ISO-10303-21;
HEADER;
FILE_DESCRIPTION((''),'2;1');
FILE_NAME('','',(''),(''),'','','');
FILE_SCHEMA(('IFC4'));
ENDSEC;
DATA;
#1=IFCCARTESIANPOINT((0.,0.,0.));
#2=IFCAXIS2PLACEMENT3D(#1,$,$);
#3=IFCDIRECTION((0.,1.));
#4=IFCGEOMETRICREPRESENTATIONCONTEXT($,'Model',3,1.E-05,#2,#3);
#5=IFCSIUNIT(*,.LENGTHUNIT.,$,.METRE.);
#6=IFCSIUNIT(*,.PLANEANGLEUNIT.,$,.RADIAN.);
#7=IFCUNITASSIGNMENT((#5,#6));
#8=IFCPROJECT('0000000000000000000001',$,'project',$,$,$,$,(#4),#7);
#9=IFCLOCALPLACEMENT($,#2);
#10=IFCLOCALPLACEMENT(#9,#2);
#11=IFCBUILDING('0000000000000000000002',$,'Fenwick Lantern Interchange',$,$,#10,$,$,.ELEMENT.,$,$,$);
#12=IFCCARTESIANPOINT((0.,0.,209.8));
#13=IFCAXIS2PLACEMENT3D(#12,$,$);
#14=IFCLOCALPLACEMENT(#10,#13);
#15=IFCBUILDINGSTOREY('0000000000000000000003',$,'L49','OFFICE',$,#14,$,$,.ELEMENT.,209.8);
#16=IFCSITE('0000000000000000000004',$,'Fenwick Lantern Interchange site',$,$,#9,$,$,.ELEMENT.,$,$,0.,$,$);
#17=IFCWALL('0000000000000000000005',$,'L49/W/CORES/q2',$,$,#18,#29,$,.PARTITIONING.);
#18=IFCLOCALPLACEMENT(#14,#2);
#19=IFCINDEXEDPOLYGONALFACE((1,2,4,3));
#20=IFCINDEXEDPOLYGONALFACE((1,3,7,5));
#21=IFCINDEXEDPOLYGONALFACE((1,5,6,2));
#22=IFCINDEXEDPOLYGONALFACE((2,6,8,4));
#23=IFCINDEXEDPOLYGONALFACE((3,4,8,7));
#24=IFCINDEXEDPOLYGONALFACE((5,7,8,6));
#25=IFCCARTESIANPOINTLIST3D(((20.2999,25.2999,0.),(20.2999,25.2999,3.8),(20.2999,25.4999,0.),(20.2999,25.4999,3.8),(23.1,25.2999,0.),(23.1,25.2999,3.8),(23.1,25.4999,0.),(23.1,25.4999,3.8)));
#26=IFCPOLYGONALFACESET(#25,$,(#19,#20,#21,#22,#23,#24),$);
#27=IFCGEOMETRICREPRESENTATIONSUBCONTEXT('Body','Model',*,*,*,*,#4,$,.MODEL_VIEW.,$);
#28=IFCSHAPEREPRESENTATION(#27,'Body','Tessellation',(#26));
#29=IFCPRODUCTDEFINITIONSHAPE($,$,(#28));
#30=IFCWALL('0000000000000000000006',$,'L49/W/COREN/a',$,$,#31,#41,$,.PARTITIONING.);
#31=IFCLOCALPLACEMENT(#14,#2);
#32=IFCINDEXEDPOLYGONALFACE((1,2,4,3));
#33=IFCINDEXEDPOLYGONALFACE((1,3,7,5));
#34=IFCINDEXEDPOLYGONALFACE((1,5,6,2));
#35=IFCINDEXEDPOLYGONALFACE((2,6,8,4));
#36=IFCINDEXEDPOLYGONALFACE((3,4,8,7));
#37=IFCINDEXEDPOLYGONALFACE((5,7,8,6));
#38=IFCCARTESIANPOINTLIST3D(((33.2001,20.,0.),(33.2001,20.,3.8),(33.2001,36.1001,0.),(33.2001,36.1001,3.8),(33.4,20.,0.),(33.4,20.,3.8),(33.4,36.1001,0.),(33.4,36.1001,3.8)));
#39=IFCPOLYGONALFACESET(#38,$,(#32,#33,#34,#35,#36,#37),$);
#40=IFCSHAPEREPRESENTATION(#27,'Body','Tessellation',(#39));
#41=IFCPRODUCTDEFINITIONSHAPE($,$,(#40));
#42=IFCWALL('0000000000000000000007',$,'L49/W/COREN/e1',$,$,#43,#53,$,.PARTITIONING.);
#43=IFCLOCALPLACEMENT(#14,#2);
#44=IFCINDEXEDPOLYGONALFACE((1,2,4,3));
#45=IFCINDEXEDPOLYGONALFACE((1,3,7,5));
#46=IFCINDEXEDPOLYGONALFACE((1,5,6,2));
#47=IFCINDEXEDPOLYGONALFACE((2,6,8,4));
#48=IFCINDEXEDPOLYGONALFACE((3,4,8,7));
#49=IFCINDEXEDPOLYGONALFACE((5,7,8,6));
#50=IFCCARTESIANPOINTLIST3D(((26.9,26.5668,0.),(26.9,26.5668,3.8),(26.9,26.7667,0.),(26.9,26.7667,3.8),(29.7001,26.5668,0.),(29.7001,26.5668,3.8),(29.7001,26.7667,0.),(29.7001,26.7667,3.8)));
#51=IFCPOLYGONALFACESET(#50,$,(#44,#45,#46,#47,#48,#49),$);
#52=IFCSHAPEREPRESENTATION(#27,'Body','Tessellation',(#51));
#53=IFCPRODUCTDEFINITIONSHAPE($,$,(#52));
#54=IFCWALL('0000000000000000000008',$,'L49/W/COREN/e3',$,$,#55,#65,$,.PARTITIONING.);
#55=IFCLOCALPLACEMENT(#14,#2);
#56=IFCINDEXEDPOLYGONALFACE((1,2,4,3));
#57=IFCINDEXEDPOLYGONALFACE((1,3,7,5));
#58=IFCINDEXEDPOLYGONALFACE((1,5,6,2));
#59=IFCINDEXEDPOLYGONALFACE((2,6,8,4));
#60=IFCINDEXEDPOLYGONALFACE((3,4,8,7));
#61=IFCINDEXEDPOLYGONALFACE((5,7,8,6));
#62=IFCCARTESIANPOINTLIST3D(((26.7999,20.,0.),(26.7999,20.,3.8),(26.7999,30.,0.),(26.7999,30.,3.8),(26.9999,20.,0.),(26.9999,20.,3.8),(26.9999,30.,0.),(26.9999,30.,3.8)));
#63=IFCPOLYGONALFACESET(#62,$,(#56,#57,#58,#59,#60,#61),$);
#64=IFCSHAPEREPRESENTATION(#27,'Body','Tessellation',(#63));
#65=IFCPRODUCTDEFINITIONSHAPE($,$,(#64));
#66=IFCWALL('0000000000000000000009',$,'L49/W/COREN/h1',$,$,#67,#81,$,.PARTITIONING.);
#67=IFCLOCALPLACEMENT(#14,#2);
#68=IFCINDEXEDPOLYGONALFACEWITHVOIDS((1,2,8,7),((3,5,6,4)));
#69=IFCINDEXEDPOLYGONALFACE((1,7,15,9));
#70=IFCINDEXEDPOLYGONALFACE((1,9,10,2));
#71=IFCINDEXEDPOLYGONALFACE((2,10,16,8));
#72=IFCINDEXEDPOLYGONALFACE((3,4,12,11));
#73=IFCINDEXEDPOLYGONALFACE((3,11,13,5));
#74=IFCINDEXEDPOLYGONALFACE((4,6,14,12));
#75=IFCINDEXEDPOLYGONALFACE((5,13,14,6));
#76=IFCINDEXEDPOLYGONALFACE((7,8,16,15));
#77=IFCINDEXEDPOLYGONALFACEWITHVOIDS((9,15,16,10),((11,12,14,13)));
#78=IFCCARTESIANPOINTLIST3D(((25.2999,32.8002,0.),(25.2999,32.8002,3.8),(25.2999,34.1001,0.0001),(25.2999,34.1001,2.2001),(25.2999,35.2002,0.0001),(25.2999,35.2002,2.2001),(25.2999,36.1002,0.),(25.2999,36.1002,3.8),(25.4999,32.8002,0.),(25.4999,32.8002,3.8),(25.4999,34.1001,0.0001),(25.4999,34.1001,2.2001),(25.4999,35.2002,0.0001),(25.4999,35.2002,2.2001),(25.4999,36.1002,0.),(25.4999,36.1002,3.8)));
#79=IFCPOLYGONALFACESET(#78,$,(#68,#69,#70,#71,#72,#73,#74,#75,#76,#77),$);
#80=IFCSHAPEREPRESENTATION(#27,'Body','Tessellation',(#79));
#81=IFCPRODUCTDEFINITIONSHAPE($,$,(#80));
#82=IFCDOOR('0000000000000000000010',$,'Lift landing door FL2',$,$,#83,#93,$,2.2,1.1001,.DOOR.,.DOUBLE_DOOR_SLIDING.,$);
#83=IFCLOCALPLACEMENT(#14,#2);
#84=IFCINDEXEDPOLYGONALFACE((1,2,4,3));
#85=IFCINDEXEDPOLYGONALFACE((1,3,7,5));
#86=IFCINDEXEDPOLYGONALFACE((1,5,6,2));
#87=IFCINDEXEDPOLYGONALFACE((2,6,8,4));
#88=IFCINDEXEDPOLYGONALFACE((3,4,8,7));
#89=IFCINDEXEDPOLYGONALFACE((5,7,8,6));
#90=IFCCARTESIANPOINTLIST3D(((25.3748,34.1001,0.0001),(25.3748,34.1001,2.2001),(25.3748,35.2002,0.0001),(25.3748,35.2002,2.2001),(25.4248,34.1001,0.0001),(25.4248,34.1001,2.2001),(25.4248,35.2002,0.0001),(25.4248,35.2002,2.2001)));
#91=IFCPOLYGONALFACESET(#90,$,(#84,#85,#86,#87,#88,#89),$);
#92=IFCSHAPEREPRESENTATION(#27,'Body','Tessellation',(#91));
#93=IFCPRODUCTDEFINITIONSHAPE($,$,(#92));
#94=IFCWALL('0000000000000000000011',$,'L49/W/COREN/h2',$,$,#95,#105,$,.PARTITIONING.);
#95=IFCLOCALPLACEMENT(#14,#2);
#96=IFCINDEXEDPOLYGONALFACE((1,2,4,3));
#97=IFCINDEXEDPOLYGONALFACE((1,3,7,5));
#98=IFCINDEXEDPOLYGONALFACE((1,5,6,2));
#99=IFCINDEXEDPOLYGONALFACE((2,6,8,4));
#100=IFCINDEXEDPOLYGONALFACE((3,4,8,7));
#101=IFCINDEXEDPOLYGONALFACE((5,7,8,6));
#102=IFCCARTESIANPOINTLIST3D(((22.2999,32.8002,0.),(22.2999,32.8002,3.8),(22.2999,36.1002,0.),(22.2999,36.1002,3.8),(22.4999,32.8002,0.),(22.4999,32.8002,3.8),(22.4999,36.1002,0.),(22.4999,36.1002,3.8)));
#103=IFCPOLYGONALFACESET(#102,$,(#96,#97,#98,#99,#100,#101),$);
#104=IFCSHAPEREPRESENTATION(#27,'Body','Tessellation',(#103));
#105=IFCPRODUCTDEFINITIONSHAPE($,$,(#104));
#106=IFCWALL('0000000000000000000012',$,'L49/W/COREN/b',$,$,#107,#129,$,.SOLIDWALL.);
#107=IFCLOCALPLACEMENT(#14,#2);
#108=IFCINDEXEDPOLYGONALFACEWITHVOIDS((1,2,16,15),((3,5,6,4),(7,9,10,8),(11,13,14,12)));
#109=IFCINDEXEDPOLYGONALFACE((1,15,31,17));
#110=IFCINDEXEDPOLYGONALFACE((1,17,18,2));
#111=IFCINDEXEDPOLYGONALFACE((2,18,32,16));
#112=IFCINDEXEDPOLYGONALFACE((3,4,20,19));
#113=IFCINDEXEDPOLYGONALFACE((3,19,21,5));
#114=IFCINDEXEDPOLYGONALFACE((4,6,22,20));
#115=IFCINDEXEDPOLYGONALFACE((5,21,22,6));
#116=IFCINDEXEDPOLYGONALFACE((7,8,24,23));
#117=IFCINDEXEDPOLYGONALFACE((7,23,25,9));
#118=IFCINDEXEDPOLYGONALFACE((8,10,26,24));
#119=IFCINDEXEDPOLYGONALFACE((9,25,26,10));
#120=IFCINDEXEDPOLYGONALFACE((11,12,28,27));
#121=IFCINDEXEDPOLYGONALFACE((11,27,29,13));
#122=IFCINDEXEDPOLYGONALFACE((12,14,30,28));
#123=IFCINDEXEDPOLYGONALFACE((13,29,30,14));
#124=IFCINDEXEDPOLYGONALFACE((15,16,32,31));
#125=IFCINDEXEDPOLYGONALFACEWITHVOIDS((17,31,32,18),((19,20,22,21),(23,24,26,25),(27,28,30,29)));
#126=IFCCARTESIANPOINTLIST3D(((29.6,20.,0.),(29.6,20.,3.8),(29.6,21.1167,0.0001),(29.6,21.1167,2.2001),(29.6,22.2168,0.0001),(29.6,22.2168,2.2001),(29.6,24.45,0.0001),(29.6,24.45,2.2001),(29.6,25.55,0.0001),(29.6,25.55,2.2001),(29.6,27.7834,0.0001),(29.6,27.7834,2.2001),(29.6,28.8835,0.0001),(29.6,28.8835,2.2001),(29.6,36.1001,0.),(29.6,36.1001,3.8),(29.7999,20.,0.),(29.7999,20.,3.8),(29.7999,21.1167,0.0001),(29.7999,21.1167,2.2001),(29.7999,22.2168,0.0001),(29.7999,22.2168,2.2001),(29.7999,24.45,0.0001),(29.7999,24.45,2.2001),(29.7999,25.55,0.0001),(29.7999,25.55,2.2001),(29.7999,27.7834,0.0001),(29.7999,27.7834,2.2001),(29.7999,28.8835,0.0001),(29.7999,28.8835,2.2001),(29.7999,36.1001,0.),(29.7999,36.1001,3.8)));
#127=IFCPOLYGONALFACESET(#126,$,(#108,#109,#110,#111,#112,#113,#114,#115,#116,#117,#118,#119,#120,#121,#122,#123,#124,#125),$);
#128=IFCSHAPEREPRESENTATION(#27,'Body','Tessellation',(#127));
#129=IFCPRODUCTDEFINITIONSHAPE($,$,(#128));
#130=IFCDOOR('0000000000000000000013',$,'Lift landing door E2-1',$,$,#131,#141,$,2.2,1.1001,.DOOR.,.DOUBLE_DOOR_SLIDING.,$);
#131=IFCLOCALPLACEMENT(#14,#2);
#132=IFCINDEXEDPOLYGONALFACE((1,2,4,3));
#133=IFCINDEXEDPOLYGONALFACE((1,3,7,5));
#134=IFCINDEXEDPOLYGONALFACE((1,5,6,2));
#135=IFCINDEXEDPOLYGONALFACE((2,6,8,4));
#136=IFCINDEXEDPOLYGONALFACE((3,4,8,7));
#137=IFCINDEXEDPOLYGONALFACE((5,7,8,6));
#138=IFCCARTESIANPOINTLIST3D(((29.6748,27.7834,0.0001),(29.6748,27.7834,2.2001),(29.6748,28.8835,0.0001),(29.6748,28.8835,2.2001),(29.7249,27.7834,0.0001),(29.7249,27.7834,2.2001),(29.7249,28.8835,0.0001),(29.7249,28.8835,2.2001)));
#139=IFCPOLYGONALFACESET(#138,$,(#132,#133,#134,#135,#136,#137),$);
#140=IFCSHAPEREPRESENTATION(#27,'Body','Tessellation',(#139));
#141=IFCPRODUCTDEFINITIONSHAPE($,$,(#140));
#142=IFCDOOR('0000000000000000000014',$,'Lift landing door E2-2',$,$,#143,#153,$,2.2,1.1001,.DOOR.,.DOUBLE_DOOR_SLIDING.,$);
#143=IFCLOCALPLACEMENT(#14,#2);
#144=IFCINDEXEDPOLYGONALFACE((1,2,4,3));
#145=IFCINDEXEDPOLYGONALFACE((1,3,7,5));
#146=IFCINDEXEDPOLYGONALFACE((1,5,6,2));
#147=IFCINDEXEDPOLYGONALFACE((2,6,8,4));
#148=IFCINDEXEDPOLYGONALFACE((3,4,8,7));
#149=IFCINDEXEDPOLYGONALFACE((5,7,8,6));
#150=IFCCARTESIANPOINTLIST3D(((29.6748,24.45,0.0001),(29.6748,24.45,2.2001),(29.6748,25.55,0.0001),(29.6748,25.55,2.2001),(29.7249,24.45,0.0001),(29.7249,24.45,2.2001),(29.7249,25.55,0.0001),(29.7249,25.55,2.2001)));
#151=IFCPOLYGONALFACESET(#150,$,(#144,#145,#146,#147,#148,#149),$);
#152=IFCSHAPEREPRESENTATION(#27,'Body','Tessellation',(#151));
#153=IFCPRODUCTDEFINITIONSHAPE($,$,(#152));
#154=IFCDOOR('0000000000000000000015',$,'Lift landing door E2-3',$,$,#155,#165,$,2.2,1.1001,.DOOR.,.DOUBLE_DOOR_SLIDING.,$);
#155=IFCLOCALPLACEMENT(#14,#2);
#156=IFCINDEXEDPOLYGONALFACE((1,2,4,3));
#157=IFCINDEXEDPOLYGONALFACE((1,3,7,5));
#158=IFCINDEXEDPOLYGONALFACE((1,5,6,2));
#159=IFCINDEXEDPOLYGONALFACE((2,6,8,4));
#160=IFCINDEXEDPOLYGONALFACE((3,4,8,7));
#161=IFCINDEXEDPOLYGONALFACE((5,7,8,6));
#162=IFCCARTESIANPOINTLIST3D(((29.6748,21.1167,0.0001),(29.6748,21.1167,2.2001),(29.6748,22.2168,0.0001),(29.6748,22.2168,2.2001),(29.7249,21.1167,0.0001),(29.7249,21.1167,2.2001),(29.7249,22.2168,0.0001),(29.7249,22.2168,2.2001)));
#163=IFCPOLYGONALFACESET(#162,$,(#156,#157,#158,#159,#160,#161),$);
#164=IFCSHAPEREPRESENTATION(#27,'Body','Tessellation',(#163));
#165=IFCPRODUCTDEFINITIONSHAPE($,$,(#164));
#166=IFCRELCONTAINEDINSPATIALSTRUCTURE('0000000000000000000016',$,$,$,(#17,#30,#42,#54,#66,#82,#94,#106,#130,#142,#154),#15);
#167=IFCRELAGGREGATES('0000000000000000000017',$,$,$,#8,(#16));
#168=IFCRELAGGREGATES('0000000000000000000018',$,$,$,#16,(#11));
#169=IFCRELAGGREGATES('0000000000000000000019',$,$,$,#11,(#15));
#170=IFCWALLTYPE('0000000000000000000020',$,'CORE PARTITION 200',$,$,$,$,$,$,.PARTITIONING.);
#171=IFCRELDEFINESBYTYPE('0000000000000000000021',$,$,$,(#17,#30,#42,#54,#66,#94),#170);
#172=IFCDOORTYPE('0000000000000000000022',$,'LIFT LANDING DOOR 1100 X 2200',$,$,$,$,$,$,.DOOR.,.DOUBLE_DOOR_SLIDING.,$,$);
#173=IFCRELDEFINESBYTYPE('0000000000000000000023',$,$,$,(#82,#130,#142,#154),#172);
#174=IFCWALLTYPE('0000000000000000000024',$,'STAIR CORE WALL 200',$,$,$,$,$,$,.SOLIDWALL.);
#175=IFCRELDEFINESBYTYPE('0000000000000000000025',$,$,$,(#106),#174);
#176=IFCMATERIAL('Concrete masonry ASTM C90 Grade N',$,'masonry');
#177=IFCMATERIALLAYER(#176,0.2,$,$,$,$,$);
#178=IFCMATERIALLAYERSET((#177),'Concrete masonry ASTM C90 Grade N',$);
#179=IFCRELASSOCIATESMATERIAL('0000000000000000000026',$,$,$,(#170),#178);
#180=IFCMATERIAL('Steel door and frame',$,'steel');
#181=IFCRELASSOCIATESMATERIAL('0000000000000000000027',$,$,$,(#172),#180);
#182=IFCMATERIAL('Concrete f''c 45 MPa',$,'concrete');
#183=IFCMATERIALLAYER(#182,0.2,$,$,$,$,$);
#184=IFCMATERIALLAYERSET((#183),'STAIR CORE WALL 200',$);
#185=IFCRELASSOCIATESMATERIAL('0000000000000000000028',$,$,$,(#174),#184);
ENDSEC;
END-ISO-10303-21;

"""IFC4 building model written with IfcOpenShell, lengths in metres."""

from ifc_helpers import new_model, si_unit, direction, frame, frame_2d, origin, place, context, subcontext, project, spatial, rectangle, extrude, material, layer, layer_set, type_object, element, fill, save


model = new_model("IFC4")

# Units and contexts
model_context = context("Model", 3, precision=1e-05, world=origin(), true_north=direction((0.0, 1.0)))
body_context = subcontext(model_context, "Body", "Model", "MODEL_VIEW")
ifc_project = project(units=[si_unit("LENGTHUNIT", "METRE"), si_unit("PLANEANGLEUNIT", "RADIAN")], contexts=[model_context])

# Site, building, storey
site_placement = place(None, origin())
site = spatial("IfcSite", under=ifc_project, at=site_placement, Name="Fenwick Lantern Interchange site", CompositionType="ELEMENT", RefElevation=0.0)
building_placement = place(site_placement, origin())
building = spatial("IfcBuilding", under=site, at=building_placement, Name="Fenwick Lantern Interchange", CompositionType="ELEMENT")
storey_placement = place(building_placement, frame((0.0, 0.0, 209.8)))
storey = spatial("IfcBuildingStorey", under=building, at=storey_placement, Name="L49", Description="OFFICE", CompositionType="ELEMENT", Elevation=209.8)

# Walls
ifc_material_1 = material(Name="Concrete masonry ASTM C90 Grade N", Category="masonry")
ifc_layer_1 = layer(ifc_material_1, 0.2)
ifc_layer_set_1 = layer_set([ifc_layer_1], Name="Concrete masonry ASTM C90 Grade N")
wall_type_1 = type_object("IfcWallType", Name="CORE PARTITION 200", PredefinedType="PARTITIONING", material=ifc_layer_set_1)
wall_1_placement = place(storey_placement, frame((20.3, 25.3999, 0.0), z_axis=(0.0, 0.0, 1.0), x_axis=(1.0, 0.0, 0.0)))
element("IfcWall", 1, at=wall_1_placement, inside=storey, type_object=wall_type_1, Name="L49/W/CORES/q2", PredefinedType="PARTITIONING", context=body_context, shape_type="SweptSolid", body=[
    extrude(rectangle(XDim=2.8, YDim=0.2, at=frame_2d((1.3999, 0.0))), origin(), (0.0, 0.0, 1.0), 3.8),
])
wall_2_placement = place(storey_placement, frame((33.3, 36.1001, 0.0), z_axis=(0.0, 0.0, 1.0), x_axis=(0.0, -1.0, 0.0)))
element("IfcWall", 2, at=wall_2_placement, inside=storey, type_object=wall_type_1, Name="L49/W/COREN/a", PredefinedType="PARTITIONING", context=body_context, shape_type="SweptSolid", body=[
    extrude(rectangle(XDim=16.1001, YDim=0.2, at=frame_2d((8.05, 0.0))), origin(), (0.0, 0.0, 1.0), 3.8),
])
wall_3_placement = place(storey_placement, frame((29.7, 26.6667, 0.0), z_axis=(0.0, 0.0, 1.0), x_axis=(-1.0, 0.0, 0.0)))
element("IfcWall", 3, at=wall_3_placement, inside=storey, type_object=wall_type_1, Name="L49/W/COREN/e1", PredefinedType="PARTITIONING", context=body_context, shape_type="SweptSolid", body=[
    extrude(rectangle(XDim=2.8, YDim=0.2, at=frame_2d((1.3999, 0.0))), origin(), (0.0, 0.0, 1.0), 3.8),
])
wall_4_placement = place(storey_placement, frame((26.8999, 30.0, 0.0), z_axis=(0.0, 0.0, 1.0), x_axis=(0.0, -1.0, 0.0)))
element("IfcWall", 4, at=wall_4_placement, inside=storey, type_object=wall_type_1, Name="L49/W/COREN/e3", PredefinedType="PARTITIONING", context=body_context, shape_type="SweptSolid", body=[
    extrude(rectangle(XDim=10.0, YDim=0.2, at=frame_2d((5.0, 0.0))), origin(), (0.0, 0.0, 1.0), 3.8),
])

# Wall, opening, door
wall_5_placement = place(storey_placement, frame((25.3999, 36.1001, 0.0), z_axis=(0.0, 0.0, 1.0), x_axis=(0.0, -1.0, 0.0)))
wall_5 = element("IfcWall", 5, at=wall_5_placement, inside=storey, type_object=wall_type_1, Name="L49/W/COREN/h1", PredefinedType="PARTITIONING", context=body_context, shape_type="SweptSolid", body=[
    extrude(rectangle(XDim=3.3, YDim=0.2, at=frame_2d((1.6499, 0.0))), origin(), (0.0, 0.0, 1.0), 3.8),
])
opening_1_placement = place(wall_5_placement, frame((0.8999, 0.0, 0.0)))
opening_1 = element("IfcOpeningElement", 6, at=opening_1_placement, cuts=wall_5, PredefinedType="OPENING", context=body_context, shape_type="SweptSolid", body=[
    extrude(rectangle(XDim=1.1001, YDim=2.2, at=frame_2d((0.55, 1.1001))), frame((0.0, 0.1099, 0.0), z_axis=(0.0, -1.0, 0.0), x_axis=(1.0, 0.0, 0.0)), (0.0, 0.0, 1.0), 0.22),
])
ifc_material_2 = material(Name="Steel door and frame", Category="steel")
door_type_1 = type_object("IfcDoorType", Name="LIFT LANDING DOOR 1100 X 2200", OperationType="DOUBLE_DOOR_SLIDING", PredefinedType="DOOR", material=ifc_material_2)
door_1_placement = place(opening_1_placement, origin())
door_1 = element("IfcDoor", 7, at=door_1_placement, inside=storey, type_object=door_type_1, Name="Lift landing door FL2", OperationType="DOUBLE_DOOR_SLIDING", OverallHeight=2.2, OverallWidth=1.1001, PredefinedType="DOOR", context=body_context, shape_type="SweptSolid", body=[
    extrude(rectangle(XDim=1.1001, YDim=2.2, at=frame_2d((0.55, 1.1001))), frame((0.0, 0.0249, 0.0), z_axis=(0.0, -1.0, 0.0), x_axis=(1.0, 0.0, 0.0)), (0.0, 0.0, 1.0), 0.05),
])
fill(opening_1, door_1)

# Wall
wall_6_placement = place(storey_placement, frame((22.3999, 36.1001, 0.0), z_axis=(0.0, 0.0, 1.0), x_axis=(0.0, -1.0, 0.0)))
element("IfcWall", 8, at=wall_6_placement, inside=storey, type_object=wall_type_1, Name="L49/W/COREN/h2", PredefinedType="PARTITIONING", context=body_context, shape_type="SweptSolid", body=[
    extrude(rectangle(XDim=3.3, YDim=0.2, at=frame_2d((1.6499, 0.0))), origin(), (0.0, 0.0, 1.0), 3.8),
])

# Wall, openings, doors
ifc_material_3 = material(Name="Concrete f'c 45 MPa", Category="concrete")
ifc_layer_2 = layer(ifc_material_3, 0.2)
ifc_layer_set_2 = layer_set([ifc_layer_2], Name="STAIR CORE WALL 200")
wall_type_2 = type_object("IfcWallType", Name="STAIR CORE WALL 200", PredefinedType="SOLIDWALL", material=ifc_layer_set_2)
wall_7_placement = place(storey_placement, frame((29.7, 36.1001, 0.0), z_axis=(0.0, 0.0, 1.0), x_axis=(0.0, -1.0, 0.0)))
wall_7 = element("IfcWall", 9, at=wall_7_placement, inside=storey, type_object=wall_type_2, Name="L49/W/COREN/b", PredefinedType="SOLIDWALL", context=body_context, shape_type="SweptSolid", body=[
    extrude(rectangle(XDim=16.1001, YDim=0.2, at=frame_2d((8.05, 0.0))), origin(), (0.0, 0.0, 1.0), 3.8),
])
opening_2_placement = place(wall_7_placement, frame((7.2166, 0.0, 0.0)))
opening_2 = element("IfcOpeningElement", 10, at=opening_2_placement, cuts=wall_7, PredefinedType="OPENING", context=body_context, shape_type="SweptSolid", body=[
    extrude(rectangle(XDim=1.1001, YDim=2.2, at=frame_2d((0.55, 1.1001))), frame((0.0, 0.1099, 0.0), z_axis=(0.0, -1.0, 0.0), x_axis=(1.0, 0.0, 0.0)), (0.0, 0.0, 1.0), 0.22),
])
opening_3_placement = place(wall_7_placement, frame((10.55, 0.0, 0.0)))
opening_3 = element("IfcOpeningElement", 11, at=opening_3_placement, cuts=wall_7, PredefinedType="OPENING", context=body_context, shape_type="SweptSolid", body=[
    extrude(rectangle(XDim=1.1001, YDim=2.2, at=frame_2d((0.55, 1.1001))), frame((0.0, 0.1099, 0.0), z_axis=(0.0, -1.0, 0.0), x_axis=(1.0, 0.0, 0.0)), (0.0, 0.0, 1.0), 0.22),
])
opening_4_placement = place(wall_7_placement, frame((13.8833, 0.0, 0.0)))
opening_4 = element("IfcOpeningElement", 12, at=opening_4_placement, cuts=wall_7, PredefinedType="OPENING", context=body_context, shape_type="SweptSolid", body=[
    extrude(rectangle(XDim=1.1001, YDim=2.2, at=frame_2d((0.55, 1.1001))), frame((0.0, 0.1099, 0.0), z_axis=(0.0, -1.0, 0.0), x_axis=(1.0, 0.0, 0.0)), (0.0, 0.0, 1.0), 0.22),
])
door_2_placement = place(opening_2_placement, origin())
door_2 = element("IfcDoor", 13, at=door_2_placement, inside=storey, type_object=door_type_1, Name="Lift landing door E2-1", OperationType="DOUBLE_DOOR_SLIDING", OverallHeight=2.2, OverallWidth=1.1001, PredefinedType="DOOR", context=body_context, shape_type="SweptSolid", body=[
    extrude(rectangle(XDim=1.1001, YDim=2.2, at=frame_2d((0.55, 1.1001))), frame((0.0, 0.0249, 0.0), z_axis=(0.0, -1.0, 0.0), x_axis=(1.0, 0.0, 0.0)), (0.0, 0.0, 1.0), 0.05),
])
fill(opening_2, door_2)
door_3_placement = place(opening_3_placement, origin())
door_3 = element("IfcDoor", 14, at=door_3_placement, inside=storey, type_object=door_type_1, Name="Lift landing door E2-2", OperationType="DOUBLE_DOOR_SLIDING", OverallHeight=2.2, OverallWidth=1.1001, PredefinedType="DOOR", context=body_context, shape_type="SweptSolid", body=[
    extrude(rectangle(XDim=1.1001, YDim=2.2, at=frame_2d((0.55, 1.1001))), frame((0.0, 0.0249, 0.0), z_axis=(0.0, -1.0, 0.0), x_axis=(1.0, 0.0, 0.0)), (0.0, 0.0, 1.0), 0.05),
])
fill(opening_3, door_3)
door_4_placement = place(opening_4_placement, origin())
door_4 = element("IfcDoor", 15, at=door_4_placement, inside=storey, type_object=door_type_1, Name="Lift landing door E2-3", OperationType="DOUBLE_DOOR_SLIDING", OverallHeight=2.2, OverallWidth=1.1001, PredefinedType="DOOR", context=body_context, shape_type="SweptSolid", body=[
    extrude(rectangle(XDim=1.1001, YDim=2.2, at=frame_2d((0.55, 1.1001))), frame((0.0, 0.0249, 0.0), z_axis=(0.0, -1.0, 0.0), x_axis=(1.0, 0.0, 0.0)), (0.0, 0.0, 1.0), 0.05),
])
fill(opening_4, door_4)

save(model, "model.ifc")
